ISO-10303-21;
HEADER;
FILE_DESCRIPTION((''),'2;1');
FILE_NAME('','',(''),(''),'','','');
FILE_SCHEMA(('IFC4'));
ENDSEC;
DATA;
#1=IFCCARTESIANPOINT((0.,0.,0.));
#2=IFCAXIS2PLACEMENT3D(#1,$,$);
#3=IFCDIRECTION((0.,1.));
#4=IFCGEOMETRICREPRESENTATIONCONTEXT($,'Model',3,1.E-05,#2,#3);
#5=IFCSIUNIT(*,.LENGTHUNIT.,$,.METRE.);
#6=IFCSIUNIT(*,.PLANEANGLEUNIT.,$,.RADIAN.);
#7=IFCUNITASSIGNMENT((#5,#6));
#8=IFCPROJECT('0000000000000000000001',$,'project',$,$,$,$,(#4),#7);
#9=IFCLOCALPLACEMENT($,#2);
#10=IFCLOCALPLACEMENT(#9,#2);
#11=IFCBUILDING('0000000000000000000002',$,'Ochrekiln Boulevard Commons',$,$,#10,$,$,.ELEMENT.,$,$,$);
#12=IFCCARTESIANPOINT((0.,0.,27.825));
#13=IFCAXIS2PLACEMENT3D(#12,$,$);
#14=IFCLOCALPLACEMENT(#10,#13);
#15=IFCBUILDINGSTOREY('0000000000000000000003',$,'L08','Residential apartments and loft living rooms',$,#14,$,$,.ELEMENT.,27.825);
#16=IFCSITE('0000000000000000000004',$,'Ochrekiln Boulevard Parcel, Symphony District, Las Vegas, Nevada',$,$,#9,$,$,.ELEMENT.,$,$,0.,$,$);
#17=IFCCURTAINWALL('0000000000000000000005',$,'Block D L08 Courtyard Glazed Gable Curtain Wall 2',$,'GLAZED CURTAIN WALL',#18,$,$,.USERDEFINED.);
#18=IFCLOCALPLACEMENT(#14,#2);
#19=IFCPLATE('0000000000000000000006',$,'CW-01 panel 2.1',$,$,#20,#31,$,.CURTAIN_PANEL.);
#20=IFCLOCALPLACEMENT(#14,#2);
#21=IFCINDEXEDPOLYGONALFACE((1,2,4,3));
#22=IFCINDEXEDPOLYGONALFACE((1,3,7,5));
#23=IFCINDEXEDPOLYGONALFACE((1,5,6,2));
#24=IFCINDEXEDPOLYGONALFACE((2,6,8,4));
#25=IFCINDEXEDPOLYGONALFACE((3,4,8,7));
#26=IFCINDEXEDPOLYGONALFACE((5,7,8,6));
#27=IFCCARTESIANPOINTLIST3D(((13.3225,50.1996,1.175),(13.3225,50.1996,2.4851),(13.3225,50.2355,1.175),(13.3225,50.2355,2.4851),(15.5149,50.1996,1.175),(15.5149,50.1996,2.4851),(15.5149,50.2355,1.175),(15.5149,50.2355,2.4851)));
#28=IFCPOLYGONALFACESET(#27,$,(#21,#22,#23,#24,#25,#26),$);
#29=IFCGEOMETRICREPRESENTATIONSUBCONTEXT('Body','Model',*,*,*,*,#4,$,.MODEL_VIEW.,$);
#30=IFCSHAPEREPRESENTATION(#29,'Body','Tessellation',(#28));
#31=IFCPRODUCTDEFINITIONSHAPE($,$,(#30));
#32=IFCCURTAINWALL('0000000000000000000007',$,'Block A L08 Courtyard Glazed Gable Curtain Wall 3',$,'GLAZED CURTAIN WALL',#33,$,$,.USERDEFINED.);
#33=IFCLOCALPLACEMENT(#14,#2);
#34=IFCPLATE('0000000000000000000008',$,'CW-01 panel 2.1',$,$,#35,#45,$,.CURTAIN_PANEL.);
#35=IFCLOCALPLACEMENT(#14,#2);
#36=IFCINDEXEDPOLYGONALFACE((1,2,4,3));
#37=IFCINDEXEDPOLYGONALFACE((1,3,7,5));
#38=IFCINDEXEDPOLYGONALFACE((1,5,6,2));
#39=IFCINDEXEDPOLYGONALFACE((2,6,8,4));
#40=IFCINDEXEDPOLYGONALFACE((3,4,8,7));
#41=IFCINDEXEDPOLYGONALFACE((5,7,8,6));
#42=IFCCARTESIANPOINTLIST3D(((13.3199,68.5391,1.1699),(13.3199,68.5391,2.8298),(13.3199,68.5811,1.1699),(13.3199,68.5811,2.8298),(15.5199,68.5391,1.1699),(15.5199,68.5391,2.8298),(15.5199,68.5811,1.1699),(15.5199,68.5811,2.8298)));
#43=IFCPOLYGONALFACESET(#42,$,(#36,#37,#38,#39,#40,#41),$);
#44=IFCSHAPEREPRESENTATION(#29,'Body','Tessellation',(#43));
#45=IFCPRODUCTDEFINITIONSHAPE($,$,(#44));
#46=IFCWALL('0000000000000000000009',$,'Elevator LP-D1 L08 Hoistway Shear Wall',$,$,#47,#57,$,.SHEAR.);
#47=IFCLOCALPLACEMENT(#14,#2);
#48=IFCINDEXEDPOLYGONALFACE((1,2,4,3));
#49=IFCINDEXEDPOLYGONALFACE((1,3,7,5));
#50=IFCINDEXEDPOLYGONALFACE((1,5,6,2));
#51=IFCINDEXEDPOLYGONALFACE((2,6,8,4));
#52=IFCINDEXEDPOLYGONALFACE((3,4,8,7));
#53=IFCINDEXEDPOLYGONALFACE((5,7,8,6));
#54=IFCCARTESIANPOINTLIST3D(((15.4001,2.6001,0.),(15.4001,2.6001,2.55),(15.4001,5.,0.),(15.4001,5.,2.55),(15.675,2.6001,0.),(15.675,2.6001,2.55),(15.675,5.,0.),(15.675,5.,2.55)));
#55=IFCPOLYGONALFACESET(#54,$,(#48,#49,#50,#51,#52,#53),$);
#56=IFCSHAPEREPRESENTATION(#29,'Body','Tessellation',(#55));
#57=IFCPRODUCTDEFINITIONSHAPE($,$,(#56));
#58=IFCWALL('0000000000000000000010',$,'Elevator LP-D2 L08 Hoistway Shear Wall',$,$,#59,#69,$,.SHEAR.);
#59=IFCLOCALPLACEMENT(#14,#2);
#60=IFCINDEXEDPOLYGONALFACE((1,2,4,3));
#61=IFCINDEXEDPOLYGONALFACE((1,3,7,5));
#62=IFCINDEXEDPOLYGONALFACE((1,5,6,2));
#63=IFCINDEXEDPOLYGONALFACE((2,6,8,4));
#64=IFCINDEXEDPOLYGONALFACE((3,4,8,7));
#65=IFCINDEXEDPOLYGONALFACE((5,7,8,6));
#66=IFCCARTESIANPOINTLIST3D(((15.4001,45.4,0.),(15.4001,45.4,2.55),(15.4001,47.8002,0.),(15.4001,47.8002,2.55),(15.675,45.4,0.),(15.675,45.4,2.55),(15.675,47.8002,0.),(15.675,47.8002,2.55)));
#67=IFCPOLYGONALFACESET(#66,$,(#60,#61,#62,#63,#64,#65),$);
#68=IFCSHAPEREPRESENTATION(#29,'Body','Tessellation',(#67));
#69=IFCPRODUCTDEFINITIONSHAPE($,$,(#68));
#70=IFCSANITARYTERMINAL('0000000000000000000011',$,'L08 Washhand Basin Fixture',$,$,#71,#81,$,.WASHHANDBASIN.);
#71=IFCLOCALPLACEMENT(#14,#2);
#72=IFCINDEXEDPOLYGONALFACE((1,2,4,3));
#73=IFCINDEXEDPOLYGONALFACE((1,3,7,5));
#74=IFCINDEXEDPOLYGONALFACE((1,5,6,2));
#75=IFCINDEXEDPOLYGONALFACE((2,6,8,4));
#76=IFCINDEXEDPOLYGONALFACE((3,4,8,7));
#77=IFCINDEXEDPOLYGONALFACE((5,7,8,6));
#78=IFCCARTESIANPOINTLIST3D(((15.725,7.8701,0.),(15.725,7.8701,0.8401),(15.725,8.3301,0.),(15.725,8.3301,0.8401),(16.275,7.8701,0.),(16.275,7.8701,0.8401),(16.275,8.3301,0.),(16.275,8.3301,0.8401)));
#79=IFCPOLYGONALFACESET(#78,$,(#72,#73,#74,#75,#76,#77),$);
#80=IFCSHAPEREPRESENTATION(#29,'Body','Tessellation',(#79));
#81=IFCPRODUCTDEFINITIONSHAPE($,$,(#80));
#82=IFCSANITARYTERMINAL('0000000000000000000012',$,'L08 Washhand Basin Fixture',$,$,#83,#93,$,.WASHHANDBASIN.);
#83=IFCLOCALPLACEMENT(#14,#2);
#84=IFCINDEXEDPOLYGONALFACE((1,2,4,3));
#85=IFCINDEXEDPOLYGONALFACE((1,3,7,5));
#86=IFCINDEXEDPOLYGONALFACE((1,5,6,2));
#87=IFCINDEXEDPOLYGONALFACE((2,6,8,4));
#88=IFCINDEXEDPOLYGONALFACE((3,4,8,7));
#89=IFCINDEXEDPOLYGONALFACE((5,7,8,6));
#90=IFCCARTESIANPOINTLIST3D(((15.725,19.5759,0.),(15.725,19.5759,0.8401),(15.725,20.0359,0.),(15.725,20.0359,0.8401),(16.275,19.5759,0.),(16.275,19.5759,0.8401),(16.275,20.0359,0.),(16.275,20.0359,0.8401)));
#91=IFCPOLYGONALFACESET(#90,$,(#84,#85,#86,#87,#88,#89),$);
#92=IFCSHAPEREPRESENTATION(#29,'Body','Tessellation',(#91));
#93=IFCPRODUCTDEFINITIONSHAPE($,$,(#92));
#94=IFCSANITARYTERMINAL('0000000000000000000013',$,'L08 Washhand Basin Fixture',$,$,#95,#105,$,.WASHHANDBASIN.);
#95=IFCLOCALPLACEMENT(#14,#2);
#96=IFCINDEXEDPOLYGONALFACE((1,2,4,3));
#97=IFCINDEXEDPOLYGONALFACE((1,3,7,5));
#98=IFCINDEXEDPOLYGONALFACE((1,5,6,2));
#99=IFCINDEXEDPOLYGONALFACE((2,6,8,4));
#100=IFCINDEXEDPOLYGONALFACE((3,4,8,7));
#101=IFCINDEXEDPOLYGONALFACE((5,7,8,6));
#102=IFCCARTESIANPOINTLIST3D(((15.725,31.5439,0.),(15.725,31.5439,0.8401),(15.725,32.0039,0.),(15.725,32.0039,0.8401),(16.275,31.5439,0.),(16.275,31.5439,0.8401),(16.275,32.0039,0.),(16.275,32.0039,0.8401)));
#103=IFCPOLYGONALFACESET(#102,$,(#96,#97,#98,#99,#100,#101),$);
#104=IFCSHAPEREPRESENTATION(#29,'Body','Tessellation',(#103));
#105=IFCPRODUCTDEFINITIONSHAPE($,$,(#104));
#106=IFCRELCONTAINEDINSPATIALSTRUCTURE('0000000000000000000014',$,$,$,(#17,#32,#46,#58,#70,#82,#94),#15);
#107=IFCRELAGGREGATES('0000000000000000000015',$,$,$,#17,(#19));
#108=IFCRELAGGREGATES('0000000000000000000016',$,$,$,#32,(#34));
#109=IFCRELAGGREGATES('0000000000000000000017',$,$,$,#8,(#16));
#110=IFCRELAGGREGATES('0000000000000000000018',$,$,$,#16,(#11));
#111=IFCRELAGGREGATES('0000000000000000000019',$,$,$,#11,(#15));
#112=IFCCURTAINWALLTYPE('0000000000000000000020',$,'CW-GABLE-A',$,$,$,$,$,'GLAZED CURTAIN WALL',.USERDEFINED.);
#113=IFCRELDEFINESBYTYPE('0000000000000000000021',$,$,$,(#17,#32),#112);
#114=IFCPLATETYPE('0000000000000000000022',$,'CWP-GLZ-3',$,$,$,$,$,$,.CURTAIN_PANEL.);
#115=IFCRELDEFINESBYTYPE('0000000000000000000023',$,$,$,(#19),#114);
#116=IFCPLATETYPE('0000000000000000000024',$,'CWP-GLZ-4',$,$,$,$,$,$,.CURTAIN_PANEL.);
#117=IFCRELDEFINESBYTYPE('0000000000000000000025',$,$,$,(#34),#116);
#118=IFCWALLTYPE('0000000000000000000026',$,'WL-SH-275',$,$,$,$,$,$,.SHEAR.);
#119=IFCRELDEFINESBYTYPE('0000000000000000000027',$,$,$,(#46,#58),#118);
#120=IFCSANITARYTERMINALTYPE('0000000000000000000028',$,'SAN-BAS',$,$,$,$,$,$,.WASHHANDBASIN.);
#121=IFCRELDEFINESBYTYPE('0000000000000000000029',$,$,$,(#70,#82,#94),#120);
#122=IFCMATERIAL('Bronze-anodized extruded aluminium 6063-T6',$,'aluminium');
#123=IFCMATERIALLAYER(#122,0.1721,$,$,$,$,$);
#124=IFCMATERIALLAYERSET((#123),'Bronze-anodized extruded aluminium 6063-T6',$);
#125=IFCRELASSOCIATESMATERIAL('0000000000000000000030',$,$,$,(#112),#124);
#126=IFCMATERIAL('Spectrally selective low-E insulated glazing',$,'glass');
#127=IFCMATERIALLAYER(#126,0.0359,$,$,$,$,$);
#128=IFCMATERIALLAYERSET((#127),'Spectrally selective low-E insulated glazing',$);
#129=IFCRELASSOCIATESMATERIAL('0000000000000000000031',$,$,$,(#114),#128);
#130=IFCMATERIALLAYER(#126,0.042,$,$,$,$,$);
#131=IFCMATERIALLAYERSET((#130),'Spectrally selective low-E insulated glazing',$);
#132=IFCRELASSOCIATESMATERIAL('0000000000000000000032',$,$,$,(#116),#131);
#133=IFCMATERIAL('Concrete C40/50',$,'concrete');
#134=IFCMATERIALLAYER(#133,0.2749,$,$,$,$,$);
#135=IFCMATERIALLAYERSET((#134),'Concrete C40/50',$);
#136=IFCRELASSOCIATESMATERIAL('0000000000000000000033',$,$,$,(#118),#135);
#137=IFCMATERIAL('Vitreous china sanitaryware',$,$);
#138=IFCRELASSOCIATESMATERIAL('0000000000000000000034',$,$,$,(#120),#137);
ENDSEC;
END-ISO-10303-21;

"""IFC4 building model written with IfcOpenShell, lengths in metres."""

from ifc_helpers import new_model, si_unit, direction, frame, frame_2d, origin, origin_2d, place, context, subcontext, project, spatial, rectangle, extrude, material, layer, layer_set, type_object, element, aggregate, save


model = new_model("IFC4")

# Units and contexts
model_context = context("Model", 3, precision=1e-05, world=origin(), true_north=direction((0.0, 1.0)))
body_context = subcontext(model_context, "Body", "Model", "MODEL_VIEW")
ifc_project = project(units=[si_unit("LENGTHUNIT", "METRE"), si_unit("PLANEANGLEUNIT", "RADIAN")], contexts=[model_context])

# Site, building, storey
site_placement = place(None, origin())
site = spatial("IfcSite", under=ifc_project, at=site_placement, Name="Ochrekiln Boulevard Parcel, Symphony District, Las Vegas, Nevada", CompositionType="ELEMENT", RefElevation=0.0)
building_placement = place(site_placement, origin())
building = spatial("IfcBuilding", under=site, at=building_placement, Name="Ochrekiln Boulevard Commons", CompositionType="ELEMENT")
storey_placement = place(building_placement, frame((0.0, 0.0, 27.825)))
storey = spatial("IfcBuildingStorey", under=building, at=storey_placement, Name="L08", Description="Residential apartments and loft living rooms", CompositionType="ELEMENT", Elevation=27.825)

# Shared definitions
ifc_material_1 = material(Name="Concrete C40/50", Category="concrete")

# Curtain wall
ifc_material_2 = material(Name="Bronze-anodized extruded aluminium 6063-T6", Category="aluminium")
ifc_layer_1 = layer(ifc_material_2, 0.1721)
ifc_layer_set_1 = layer_set([ifc_layer_1], Name="Bronze-anodized extruded aluminium 6063-T6")
curtain_wall_type = type_object("IfcCurtainWallType", Name="CW-GABLE-A", ElementType="GLAZED CURTAIN WALL", PredefinedType="USERDEFINED", material=ifc_layer_set_1)
curtain_wall_1_placement = place(storey_placement, origin())
curtain_wall_1 = element("IfcCurtainWall", 1, at=curtain_wall_1_placement, inside=storey, type_object=curtain_wall_type, Name="Block D L08 Courtyard Glazed Gable Curtain Wall 2", ObjectType="GLAZED CURTAIN WALL", PredefinedType="USERDEFINED")

# Plate
ifc_material_3 = material(Name="Spectrally selective low-E insulated glazing", Category="glass")
ifc_layer_2 = layer(ifc_material_3, 0.0359)
ifc_layer_set_2 = layer_set([ifc_layer_2], Name="Spectrally selective low-E insulated glazing")
plate_type_1 = type_object("IfcPlateType", Name="CWP-GLZ-3", PredefinedType="CURTAIN_PANEL", material=ifc_layer_set_2)
plate_1_placement = place(storey_placement, frame((14.4187, 50.2175, 1.175), z_axis=(0.0, 0.0, 1.0), x_axis=(1.0, 0.0, 0.0)))
plate_1 = element("IfcPlate", 2, at=plate_1_placement, type_object=plate_type_1, Name="CW-01 panel 2.1", PredefinedType="CURTAIN_PANEL", context=body_context, shape_type="SweptSolid", body=[
    extrude(rectangle(XDim=2.1924, YDim=0.0359, at=origin_2d()), origin(), (0.0, 0.0, 1.0), 1.3101),
])
aggregate(curtain_wall_1, [plate_1])

# Curtain wall, plate
curtain_wall_2_placement = place(storey_placement, origin())
curtain_wall_2 = element("IfcCurtainWall", 3, at=curtain_wall_2_placement, inside=storey, type_object=curtain_wall_type, Name="Block A L08 Courtyard Glazed Gable Curtain Wall 3", ObjectType="GLAZED CURTAIN WALL", PredefinedType="USERDEFINED")
ifc_layer_3 = layer(ifc_material_3, 0.042)
ifc_layer_set_3 = layer_set([ifc_layer_3], Name="Spectrally selective low-E insulated glazing")
plate_type_2 = type_object("IfcPlateType", Name="CWP-GLZ-4", PredefinedType="CURTAIN_PANEL", material=ifc_layer_set_3)
plate_2_placement = place(storey_placement, frame((14.4199, 68.5601, 1.1699), z_axis=(0.0, 0.0, 1.0), x_axis=(1.0, 0.0, 0.0)))
plate_2 = element("IfcPlate", 4, at=plate_2_placement, type_object=plate_type_2, Name="CW-01 panel 2.1", PredefinedType="CURTAIN_PANEL", context=body_context, shape_type="SweptSolid", body=[
    extrude(rectangle(XDim=2.2, YDim=0.042, at=origin_2d()), origin(), (0.0, 0.0, 1.0), 1.6599),
])
aggregate(curtain_wall_2, [plate_2])

# Walls
ifc_layer_4 = layer(ifc_material_1, 0.2749)
ifc_layer_set_4 = layer_set([ifc_layer_4], Name="Concrete C40/50")
wall_type = type_object("IfcWallType", Name="WL-SH-275", PredefinedType="SHEAR", material=ifc_layer_set_4)
wall_1_placement = place(storey_placement, frame((15.5376, 2.6001, 0.0), z_axis=(0.0, 0.0, 1.0), x_axis=(0.0, 1.0, 0.0)))
element("IfcWall", 5, at=wall_1_placement, inside=storey, type_object=wall_type, Name="Elevator LP-D1 L08 Hoistway Shear Wall", PredefinedType="SHEAR", context=body_context, shape_type="SweptSolid", body=[
    extrude(rectangle(XDim=2.3999, YDim=0.2749, at=frame_2d((1.2, 0.0))), origin(), (0.0, 0.0, 1.0), 2.55),
])
wall_2_placement = place(storey_placement, frame((15.5376, 45.3999, 0.0), z_axis=(0.0, 0.0, 1.0), x_axis=(0.0, 1.0, 0.0)))
element("IfcWall", 6, at=wall_2_placement, inside=storey, type_object=wall_type, Name="Elevator LP-D2 L08 Hoistway Shear Wall", PredefinedType="SHEAR", context=body_context, shape_type="SweptSolid", body=[
    extrude(rectangle(XDim=2.4001, YDim=0.2749, at=frame_2d((1.2002, 0.0))), origin(), (0.0, 0.0, 1.0), 2.55),
])

# Sanitary terminals
ifc_material_4 = material(Name="Vitreous china sanitaryware")
sanitary_terminal_type = type_object("IfcSanitaryTerminalType", Name="SAN-BAS", PredefinedType="WASHHANDBASIN", material=ifc_material_4)
for number, where, z_axis, x_axis, name in (
    (7, (16.0, 8.1001, 0.0), (0.0, 0.0, 1.0), (1.0, 0.0, 0.0), "L08 Washhand Basin Fixture"),
    (8, (16.0, 19.8059, 0.0), (0.0, 0.0, 1.0), (1.0, 0.0, 0.0), "L08 Washhand Basin Fixture"),
    (9, (16.0, 31.7739, 0.0), (0.0, 0.0, 1.0), (1.0, 0.0, 0.0), "L08 Washhand Basin Fixture"),
):
    element("IfcSanitaryTerminal", number, at=place(storey_placement, frame(where, z_axis=z_axis, x_axis=x_axis)), inside=storey, type_object=sanitary_terminal_type, Name=name, PredefinedType="WASHHANDBASIN", context=body_context, shape_type="SweptSolid", body=[
        extrude(rectangle(XDim=0.55, YDim=0.46, at=origin_2d()), origin(), (0.0, 0.0, 1.0), 0.8401),
    ])

save(model, "model.ifc")
